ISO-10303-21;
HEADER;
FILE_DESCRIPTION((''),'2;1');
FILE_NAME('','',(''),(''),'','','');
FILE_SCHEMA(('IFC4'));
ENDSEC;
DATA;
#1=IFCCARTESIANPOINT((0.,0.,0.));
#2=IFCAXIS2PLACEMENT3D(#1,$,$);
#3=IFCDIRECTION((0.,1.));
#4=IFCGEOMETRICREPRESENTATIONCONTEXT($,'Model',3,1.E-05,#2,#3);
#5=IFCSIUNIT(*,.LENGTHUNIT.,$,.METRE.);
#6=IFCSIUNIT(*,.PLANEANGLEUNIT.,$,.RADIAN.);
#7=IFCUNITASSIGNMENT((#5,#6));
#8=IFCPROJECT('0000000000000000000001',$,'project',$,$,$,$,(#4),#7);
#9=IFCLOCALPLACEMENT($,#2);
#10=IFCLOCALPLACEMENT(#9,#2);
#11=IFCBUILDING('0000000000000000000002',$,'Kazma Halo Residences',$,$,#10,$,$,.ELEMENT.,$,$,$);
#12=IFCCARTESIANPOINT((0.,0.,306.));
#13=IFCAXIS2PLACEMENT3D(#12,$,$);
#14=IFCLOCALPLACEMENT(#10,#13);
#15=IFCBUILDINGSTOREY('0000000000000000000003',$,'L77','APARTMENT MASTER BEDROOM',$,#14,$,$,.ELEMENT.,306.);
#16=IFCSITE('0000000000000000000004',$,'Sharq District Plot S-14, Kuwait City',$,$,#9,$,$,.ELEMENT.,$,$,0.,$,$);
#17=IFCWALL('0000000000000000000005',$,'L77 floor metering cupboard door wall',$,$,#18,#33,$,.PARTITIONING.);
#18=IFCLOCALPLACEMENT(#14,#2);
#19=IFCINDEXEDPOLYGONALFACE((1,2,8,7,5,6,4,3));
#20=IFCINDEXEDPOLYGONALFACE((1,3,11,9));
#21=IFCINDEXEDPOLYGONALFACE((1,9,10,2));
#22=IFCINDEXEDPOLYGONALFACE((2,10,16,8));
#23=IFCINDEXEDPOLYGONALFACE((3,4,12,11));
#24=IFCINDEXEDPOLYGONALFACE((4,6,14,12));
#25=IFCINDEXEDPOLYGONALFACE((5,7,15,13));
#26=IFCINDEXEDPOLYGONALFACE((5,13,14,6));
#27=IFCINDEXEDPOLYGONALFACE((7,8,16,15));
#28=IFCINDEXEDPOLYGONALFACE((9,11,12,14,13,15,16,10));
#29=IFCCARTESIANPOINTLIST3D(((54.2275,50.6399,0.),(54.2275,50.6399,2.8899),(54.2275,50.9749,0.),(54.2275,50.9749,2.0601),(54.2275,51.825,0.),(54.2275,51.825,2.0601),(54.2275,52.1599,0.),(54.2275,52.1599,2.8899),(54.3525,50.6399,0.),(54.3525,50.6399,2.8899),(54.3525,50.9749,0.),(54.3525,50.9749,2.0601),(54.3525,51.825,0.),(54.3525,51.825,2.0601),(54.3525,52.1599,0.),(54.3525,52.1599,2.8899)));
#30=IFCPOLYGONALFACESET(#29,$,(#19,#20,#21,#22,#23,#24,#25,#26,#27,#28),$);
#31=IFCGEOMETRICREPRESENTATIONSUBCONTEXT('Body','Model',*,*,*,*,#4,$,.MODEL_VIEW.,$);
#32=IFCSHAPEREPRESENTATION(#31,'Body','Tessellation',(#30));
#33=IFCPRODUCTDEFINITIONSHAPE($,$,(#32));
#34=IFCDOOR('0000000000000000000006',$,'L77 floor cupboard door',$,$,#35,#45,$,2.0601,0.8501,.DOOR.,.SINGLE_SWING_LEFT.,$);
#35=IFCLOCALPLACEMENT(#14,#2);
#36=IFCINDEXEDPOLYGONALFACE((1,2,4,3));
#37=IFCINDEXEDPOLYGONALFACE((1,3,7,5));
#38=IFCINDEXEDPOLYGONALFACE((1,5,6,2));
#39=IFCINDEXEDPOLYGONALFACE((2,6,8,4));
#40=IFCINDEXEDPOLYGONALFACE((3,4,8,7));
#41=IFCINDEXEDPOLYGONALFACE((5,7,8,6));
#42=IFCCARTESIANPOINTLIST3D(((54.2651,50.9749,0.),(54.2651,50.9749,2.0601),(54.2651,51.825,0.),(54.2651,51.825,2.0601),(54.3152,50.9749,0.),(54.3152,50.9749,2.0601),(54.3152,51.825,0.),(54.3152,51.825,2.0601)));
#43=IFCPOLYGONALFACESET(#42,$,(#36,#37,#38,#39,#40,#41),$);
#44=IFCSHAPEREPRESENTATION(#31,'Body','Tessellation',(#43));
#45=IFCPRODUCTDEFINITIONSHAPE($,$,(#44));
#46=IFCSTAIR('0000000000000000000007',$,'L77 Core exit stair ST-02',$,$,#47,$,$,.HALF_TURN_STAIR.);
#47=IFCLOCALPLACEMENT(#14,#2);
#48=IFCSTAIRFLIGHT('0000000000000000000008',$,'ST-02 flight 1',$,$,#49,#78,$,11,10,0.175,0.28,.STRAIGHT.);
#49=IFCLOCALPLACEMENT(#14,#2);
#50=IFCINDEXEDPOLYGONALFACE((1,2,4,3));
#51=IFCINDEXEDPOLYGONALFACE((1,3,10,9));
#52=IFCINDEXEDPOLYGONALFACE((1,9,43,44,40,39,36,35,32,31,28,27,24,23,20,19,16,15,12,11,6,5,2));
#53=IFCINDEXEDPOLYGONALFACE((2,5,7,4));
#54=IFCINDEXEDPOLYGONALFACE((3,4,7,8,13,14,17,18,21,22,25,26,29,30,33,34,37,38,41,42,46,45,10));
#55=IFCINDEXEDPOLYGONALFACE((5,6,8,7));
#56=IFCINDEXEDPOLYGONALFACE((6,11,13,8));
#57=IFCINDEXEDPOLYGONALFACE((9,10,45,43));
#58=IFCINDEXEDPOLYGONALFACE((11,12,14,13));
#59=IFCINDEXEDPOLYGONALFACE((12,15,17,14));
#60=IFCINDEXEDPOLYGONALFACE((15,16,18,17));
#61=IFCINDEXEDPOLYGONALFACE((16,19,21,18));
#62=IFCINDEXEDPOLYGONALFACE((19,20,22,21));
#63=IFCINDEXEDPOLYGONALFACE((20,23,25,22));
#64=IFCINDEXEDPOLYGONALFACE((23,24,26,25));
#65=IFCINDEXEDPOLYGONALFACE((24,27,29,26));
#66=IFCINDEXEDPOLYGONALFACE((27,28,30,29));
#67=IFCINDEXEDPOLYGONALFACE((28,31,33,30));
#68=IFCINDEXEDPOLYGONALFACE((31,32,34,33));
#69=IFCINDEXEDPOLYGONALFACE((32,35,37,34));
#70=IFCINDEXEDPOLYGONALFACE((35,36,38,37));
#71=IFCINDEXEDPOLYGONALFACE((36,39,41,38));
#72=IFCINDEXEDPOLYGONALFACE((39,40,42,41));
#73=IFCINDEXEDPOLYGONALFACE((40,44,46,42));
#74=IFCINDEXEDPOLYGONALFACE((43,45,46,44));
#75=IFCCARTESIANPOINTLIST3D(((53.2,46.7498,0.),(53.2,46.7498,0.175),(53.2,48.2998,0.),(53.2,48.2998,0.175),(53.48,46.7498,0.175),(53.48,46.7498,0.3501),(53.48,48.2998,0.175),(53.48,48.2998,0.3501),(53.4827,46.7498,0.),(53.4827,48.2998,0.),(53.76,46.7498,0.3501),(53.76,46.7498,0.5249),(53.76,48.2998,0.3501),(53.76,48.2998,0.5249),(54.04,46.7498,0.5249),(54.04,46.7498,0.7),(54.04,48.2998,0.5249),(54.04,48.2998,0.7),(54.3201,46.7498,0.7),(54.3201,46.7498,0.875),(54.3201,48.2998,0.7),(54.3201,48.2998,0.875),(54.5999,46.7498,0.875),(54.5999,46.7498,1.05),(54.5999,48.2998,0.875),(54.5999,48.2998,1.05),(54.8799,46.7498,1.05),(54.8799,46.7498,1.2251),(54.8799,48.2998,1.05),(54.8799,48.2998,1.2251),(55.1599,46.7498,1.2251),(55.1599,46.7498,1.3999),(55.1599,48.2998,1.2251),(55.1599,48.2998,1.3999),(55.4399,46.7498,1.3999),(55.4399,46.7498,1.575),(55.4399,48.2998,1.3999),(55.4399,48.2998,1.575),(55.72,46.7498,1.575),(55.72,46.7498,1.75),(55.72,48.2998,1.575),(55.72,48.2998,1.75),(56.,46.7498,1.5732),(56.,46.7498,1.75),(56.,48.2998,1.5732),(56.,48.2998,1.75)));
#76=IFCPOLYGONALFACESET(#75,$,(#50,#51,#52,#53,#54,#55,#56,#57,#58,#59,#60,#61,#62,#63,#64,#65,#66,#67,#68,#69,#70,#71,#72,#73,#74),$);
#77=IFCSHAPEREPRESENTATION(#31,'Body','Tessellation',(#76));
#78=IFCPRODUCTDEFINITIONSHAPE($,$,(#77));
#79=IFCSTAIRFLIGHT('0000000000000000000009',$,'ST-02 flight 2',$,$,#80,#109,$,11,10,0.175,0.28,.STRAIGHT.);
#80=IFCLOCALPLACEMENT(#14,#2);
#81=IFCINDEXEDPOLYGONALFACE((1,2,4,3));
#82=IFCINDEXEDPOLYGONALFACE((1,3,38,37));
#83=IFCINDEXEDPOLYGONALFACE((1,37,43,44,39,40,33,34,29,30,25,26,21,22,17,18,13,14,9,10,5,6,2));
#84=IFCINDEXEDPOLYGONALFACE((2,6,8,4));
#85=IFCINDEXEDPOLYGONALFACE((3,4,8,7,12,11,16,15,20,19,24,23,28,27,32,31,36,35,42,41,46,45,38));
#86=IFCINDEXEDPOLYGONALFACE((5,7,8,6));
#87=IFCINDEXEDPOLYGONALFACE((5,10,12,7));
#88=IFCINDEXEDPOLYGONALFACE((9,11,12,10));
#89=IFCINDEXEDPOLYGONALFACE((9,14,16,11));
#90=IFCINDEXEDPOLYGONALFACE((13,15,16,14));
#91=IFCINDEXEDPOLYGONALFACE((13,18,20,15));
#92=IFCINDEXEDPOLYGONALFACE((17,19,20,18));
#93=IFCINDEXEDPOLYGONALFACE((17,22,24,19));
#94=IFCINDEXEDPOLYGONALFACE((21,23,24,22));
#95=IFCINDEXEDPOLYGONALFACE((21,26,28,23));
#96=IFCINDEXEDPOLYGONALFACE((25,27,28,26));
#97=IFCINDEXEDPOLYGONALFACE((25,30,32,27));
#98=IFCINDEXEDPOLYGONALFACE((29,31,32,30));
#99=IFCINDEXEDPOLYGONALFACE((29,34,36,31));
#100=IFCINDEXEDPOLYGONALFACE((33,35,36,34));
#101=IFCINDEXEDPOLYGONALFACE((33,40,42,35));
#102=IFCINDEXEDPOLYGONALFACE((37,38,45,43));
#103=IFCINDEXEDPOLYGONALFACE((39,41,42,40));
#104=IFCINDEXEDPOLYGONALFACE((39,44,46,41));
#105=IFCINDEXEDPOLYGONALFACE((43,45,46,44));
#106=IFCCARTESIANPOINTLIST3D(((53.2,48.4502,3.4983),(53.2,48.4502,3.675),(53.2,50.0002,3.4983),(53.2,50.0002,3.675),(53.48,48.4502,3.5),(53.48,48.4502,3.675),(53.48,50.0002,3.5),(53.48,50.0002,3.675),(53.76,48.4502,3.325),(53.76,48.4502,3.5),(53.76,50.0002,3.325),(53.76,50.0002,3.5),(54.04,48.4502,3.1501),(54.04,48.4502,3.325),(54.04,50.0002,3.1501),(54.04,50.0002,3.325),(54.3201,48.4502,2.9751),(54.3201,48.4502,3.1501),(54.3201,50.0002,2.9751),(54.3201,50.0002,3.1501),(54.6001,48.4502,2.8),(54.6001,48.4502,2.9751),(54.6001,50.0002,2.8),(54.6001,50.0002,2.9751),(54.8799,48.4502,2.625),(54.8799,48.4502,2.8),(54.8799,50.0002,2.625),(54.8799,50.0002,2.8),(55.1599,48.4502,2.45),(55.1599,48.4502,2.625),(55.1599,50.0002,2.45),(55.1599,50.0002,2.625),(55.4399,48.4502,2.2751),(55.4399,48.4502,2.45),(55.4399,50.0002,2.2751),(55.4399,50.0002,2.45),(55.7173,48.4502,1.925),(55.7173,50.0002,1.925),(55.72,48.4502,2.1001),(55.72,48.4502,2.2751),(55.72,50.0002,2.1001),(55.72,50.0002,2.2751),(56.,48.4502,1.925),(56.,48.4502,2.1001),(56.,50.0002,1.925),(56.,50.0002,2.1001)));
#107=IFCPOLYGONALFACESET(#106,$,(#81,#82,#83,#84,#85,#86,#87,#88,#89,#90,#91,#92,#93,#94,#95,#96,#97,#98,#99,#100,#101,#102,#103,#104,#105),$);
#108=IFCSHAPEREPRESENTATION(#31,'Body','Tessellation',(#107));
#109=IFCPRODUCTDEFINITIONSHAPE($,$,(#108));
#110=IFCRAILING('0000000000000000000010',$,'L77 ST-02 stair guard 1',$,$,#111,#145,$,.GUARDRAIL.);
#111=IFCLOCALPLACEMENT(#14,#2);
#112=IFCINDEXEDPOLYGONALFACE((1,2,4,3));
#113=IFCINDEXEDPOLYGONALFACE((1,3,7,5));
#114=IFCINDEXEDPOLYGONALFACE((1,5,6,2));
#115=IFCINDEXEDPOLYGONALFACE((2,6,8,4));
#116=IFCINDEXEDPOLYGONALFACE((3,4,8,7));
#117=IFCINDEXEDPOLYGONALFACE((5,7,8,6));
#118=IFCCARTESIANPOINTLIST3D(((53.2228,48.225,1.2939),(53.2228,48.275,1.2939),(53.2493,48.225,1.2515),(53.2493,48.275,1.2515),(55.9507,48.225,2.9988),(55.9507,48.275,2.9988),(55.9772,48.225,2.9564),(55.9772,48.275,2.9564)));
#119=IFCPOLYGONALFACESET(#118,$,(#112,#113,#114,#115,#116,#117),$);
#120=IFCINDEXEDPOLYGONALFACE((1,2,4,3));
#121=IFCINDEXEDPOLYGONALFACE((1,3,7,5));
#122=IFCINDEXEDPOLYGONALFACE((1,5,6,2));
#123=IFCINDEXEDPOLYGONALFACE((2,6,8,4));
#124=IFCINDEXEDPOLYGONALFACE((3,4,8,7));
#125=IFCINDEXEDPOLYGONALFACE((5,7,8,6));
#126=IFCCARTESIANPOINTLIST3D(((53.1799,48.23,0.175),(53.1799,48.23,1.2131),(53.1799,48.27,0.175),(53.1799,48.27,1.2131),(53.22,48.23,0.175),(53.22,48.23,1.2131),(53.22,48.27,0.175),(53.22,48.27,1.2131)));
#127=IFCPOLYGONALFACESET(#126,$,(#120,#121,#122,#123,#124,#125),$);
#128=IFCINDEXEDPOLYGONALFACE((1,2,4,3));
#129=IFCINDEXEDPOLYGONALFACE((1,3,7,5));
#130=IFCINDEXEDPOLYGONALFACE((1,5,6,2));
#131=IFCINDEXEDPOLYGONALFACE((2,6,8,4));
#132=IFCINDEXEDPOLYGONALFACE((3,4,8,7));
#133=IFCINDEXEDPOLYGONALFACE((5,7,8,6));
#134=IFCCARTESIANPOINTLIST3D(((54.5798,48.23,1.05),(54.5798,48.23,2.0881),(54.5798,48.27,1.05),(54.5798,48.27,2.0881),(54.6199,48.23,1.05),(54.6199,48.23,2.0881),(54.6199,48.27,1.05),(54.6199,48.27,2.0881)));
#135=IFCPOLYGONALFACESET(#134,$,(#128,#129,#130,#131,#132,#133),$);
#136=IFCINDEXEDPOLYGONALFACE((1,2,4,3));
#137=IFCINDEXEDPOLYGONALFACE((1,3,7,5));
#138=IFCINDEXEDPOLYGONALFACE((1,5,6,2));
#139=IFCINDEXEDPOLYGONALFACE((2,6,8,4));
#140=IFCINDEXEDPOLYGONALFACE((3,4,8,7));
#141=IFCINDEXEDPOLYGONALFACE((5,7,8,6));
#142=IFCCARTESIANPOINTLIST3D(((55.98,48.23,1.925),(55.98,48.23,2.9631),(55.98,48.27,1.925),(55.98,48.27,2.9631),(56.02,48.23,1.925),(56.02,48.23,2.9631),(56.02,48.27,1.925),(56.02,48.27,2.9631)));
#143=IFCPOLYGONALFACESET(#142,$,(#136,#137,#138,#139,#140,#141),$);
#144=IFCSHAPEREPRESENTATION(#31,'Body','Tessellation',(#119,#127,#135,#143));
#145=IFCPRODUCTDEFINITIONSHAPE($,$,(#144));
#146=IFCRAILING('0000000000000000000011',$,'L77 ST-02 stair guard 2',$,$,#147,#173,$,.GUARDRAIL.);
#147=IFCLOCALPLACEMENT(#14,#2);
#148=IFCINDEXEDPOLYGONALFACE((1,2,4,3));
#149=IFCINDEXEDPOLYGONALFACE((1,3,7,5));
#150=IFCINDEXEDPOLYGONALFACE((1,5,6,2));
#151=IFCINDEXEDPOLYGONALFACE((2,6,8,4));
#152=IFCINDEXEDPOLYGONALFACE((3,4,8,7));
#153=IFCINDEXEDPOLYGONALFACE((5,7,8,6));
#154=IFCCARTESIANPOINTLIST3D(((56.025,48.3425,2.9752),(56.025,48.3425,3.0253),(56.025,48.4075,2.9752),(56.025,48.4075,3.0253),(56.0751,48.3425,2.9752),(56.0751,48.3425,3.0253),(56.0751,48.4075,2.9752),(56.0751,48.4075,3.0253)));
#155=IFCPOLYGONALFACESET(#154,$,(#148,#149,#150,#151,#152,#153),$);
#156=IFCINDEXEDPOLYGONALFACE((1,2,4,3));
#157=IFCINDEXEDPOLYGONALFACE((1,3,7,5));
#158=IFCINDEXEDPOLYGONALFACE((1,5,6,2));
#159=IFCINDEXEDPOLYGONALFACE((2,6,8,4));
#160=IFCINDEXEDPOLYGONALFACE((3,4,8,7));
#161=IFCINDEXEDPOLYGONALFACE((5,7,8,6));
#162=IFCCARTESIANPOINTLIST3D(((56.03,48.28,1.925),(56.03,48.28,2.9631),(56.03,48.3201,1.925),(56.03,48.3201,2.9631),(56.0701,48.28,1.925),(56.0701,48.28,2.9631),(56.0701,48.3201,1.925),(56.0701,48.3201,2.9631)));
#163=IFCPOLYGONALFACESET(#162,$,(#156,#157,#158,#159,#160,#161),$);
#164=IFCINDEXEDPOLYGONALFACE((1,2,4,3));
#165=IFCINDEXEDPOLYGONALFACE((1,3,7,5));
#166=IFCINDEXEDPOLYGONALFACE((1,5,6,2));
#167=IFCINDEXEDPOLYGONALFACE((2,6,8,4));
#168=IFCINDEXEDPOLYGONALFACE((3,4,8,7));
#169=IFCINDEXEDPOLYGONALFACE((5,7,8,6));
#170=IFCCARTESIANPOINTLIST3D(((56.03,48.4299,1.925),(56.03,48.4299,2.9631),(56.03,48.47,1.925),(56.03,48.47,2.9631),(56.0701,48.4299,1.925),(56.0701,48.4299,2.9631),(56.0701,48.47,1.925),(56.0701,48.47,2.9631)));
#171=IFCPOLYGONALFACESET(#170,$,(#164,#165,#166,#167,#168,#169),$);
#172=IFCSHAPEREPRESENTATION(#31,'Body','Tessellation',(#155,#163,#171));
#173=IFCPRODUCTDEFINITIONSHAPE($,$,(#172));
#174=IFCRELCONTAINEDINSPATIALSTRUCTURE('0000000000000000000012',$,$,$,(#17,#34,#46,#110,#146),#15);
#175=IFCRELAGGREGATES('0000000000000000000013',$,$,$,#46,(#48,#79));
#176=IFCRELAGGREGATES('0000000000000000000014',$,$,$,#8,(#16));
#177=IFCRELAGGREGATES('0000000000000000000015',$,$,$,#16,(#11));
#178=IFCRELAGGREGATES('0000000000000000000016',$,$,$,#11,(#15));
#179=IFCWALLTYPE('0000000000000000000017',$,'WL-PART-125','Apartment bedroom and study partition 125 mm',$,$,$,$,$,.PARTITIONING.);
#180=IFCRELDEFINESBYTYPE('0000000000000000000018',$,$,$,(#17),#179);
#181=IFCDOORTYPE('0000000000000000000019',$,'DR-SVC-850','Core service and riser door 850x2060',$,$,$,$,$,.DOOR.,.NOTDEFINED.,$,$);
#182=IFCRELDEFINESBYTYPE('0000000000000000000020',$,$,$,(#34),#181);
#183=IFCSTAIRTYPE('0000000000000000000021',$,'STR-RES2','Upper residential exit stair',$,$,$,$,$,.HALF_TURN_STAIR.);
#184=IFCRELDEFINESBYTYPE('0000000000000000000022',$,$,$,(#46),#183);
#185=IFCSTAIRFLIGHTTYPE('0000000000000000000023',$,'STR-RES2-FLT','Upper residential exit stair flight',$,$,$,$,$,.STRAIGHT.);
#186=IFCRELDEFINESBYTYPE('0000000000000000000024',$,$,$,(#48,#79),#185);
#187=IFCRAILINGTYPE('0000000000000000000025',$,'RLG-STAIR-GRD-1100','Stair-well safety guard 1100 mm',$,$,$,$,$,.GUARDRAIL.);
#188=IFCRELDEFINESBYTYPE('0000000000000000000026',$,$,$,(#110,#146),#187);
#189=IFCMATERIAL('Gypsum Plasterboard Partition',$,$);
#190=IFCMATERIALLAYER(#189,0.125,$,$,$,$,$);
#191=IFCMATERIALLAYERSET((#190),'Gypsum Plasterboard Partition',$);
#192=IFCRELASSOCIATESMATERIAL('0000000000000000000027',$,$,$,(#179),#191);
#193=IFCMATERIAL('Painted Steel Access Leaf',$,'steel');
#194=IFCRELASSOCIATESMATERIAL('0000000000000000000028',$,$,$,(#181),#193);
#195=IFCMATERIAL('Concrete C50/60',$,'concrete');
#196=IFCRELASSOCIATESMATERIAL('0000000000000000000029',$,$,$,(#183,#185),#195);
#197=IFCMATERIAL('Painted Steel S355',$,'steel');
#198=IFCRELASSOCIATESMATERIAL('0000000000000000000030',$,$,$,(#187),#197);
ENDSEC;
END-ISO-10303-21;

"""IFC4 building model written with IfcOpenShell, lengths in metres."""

from ifc_helpers import new_model, si_unit, direction, frame, frame_2d, origin, origin_2d, place, context, subcontext, project, spatial, polyline, rectangle, outline, extrude, material, layer, layer_set, type_object, element, fill, aggregate, save


model = new_model("IFC4")

# Units and contexts
model_context = context("Model", 3, precision=1e-05, world=origin(), true_north=direction((0.0, 1.0)))
body_context = subcontext(model_context, "Body", "Model", "MODEL_VIEW")
ifc_project = project(units=[si_unit("LENGTHUNIT", "METRE"), si_unit("PLANEANGLEUNIT", "RADIAN")], contexts=[model_context])

# Site, building, storey
site_placement = place(None, origin())
site = spatial("IfcSite", under=ifc_project, at=site_placement, Name="Sharq District Plot S-14, Kuwait City", CompositionType="ELEMENT", RefElevation=0.0)
building_placement = place(site_placement, origin())
building = spatial("IfcBuilding", under=site, at=building_placement, Name="Kazma Halo Residences", CompositionType="ELEMENT")
storey_placement = place(building_placement, frame((0.0, 0.0, 306.0)))
storey = spatial("IfcBuildingStorey", under=building, at=storey_placement, Name="L77", Description="APARTMENT MASTER BEDROOM", CompositionType="ELEMENT", Elevation=306.0)

# Wall, opening, door
ifc_material_1 = material(Name="Gypsum Plasterboard Partition")
ifc_layer_1 = layer(ifc_material_1, 0.125)
ifc_layer_set_1 = layer_set([ifc_layer_1], Name="Gypsum Plasterboard Partition")
wall_type_1 = type_object("IfcWallType", Name="WL-PART-125", Description="Apartment bedroom and study partition 125 mm", PredefinedType="PARTITIONING", material=ifc_layer_set_1)
wall_1_placement = place(storey_placement, frame((54.29, 50.6399, 0.0), z_axis=(0.0, 0.0, 1.0), x_axis=(0.0, 1.0, 0.0)))
wall_1 = element("IfcWall", 1, at=wall_1_placement, inside=storey, type_object=wall_type_1, Name="L77 floor metering cupboard door wall", PredefinedType="PARTITIONING", context=body_context, shape_type="SweptSolid", body=[
    extrude(rectangle(XDim=1.52, YDim=0.125, at=frame_2d((0.76, 0.0))), origin(), (0.0, 0.0, 1.0), 2.8899),
])
opening_1_placement = place(wall_1_placement, frame((0.335, 0.0, 0.0)))
opening_1 = element("IfcOpeningElement", 2, at=opening_1_placement, cuts=wall_1, PredefinedType="OPENING", context=body_context, shape_type="SweptSolid", body=[
    extrude(rectangle(XDim=0.8501, YDim=2.0601, at=frame_2d((0.425, 1.03))), frame((0.0, 0.0725, 0.0), z_axis=(0.0, -1.0, 0.0), x_axis=(1.0, 0.0, 0.0)), (0.0, 0.0, 1.0), 0.145),
])
ifc_material_2 = material(Name="Painted Steel Access Leaf", Category="steel")
door_type_1 = type_object("IfcDoorType", Name="DR-SVC-850", Description="Core service and riser door 850x2060", OperationType="NOTDEFINED", PredefinedType="DOOR", material=ifc_material_2)
door_1_placement = place(opening_1_placement, origin())
door_1 = element("IfcDoor", 3, at=door_1_placement, inside=storey, type_object=door_type_1, Name="L77 floor cupboard door", OperationType="SINGLE_SWING_LEFT", OverallHeight=2.0601, OverallWidth=0.8501, PredefinedType="DOOR", context=body_context, shape_type="SweptSolid", body=[
    extrude(rectangle(XDim=0.8501, YDim=2.0601, at=frame_2d((0.425, 1.03))), frame((0.0, 0.0249, 0.0), z_axis=(0.0, -1.0, 0.0), x_axis=(1.0, 0.0, 0.0)), (0.0, 0.0, 1.0), 0.05),
])
fill(opening_1, door_1)
ifc_material_3 = material(Name="Concrete C50/60", Category="concrete")

# Stair, stair flights
stair_type = type_object("IfcStairType", Name="STR-RES2", Description="Upper residential exit stair", PredefinedType="HALF_TURN_STAIR", material=ifc_material_3)
stair_placement = place(storey_placement, origin())
stair = element("IfcStair", 4, at=stair_placement, inside=storey, type_object=stair_type, Name="L77 Core exit stair ST-02", PredefinedType="HALF_TURN_STAIR")
stair_flight_type = type_object("IfcStairFlightType", Name="STR-RES2-FLT", Description="Upper residential exit stair flight", PredefinedType="STRAIGHT", material=ifc_material_3)
stair_flight_1_placement = place(storey_placement, frame((53.2, 47.5249, 0.0), z_axis=(0.0, 0.0, 1.0), x_axis=(1.0, 0.0, 0.0)))
stair_flight_1 = element("IfcStairFlight", 5, at=stair_flight_1_placement, type_object=stair_flight_type, Name="ST-02 flight 1", NumberOfRisers=11, NumberOfTreads=10, PredefinedType="STRAIGHT", RiserHeight=0.175, TreadLength=0.28, context=body_context, shape_type="SweptSolid", body=[
    extrude(outline(polyline([(0.0, 0.0), (0.0, 0.175), (0.28, 0.175), (0.28, 0.3501), (0.5601, 0.3501), (0.5601, 0.5249), (0.8401, 0.5249), (0.8401, 0.7), (1.1201, 0.7), (1.1201, 0.875), (1.3999, 0.875), (1.3999, 1.05), (1.6799, 1.05), (1.6799, 1.2251), (1.96, 1.2251), (1.96, 1.3999), (2.24, 1.3999), (2.24, 1.575), (2.52, 1.575), (2.52, 1.75), (2.8, 1.75), (2.8, 1.925), (2.8, 1.5732), (0.2827, 0.0), (0.0, 0.0)])), frame((0.0, 0.7749, 0.0), z_axis=(0.0, -1.0, 0.0), x_axis=(1.0, 0.0, 0.0)), (0.0, 0.0, 1.0), 1.55),
])
stair_flight_2_placement = place(storey_placement, frame((56.0, 49.2251, 1.925), z_axis=(0.0, 0.0, 1.0), x_axis=(-1.0, 0.0, 0.0)))
stair_flight_2 = element("IfcStairFlight", 6, at=stair_flight_2_placement, type_object=stair_flight_type, Name="ST-02 flight 2", NumberOfRisers=11, NumberOfTreads=10, PredefinedType="STRAIGHT", RiserHeight=0.175, TreadLength=0.28, context=body_context, shape_type="SweptSolid", body=[
    extrude(outline(polyline([(0.0, 0.0), (0.0, 0.175), (0.28, 0.175), (0.28, 0.3501), (0.5601, 0.3501), (0.5601, 0.5249), (0.8401, 0.5249), (0.8401, 0.7), (1.1201, 0.7), (1.1201, 0.875), (1.3999, 0.875), (1.3999, 1.05), (1.6799, 1.05), (1.6799, 1.2251), (1.96, 1.2251), (1.96, 1.3999), (2.24, 1.3999), (2.24, 1.575), (2.52, 1.575), (2.52, 1.75), (2.8, 1.75), (2.8, 1.925), (2.8, 1.5732), (0.2827, 0.0), (0.0, 0.0)])), frame((0.0, 0.7749, 0.0), z_axis=(0.0, -1.0, 0.0), x_axis=(1.0, 0.0, 0.0)), (0.0, 0.0, 1.0), 1.55),
])
aggregate(stair, [stair_flight_1, stair_flight_2])

# Railings
ifc_material_4 = material(Name="Painted Steel S355", Category="steel")
railing_type_1 = type_object("IfcRailingType", Name="RLG-STAIR-GRD-1100", Description="Stair-well safety guard 1100 mm", PredefinedType="GUARDRAIL", material=ifc_material_4)
railing_1_placement = place(storey_placement, frame((53.2, 48.25, 0.175)))
element("IfcRailing", 7, at=railing_1_placement, inside=storey, type_object=railing_type_1, Name="L77 ST-02 stair guard 1", PredefinedType="GUARDRAIL", context=body_context, shape_type="SweptSolid", body=[
    extrude(rectangle(XDim=0.05, YDim=0.05, at=origin_2d()), frame((0.0361, 0.0, 1.0977), z_axis=(0.848002, 0.0, 0.529992), x_axis=(0.0, 1.0, 0.0)), (0.0, 0.0, 1.0), 3.2168),
    extrude(rectangle(XDim=0.04, YDim=0.04, at=origin_2d()), origin(), (0.0, 0.0, 1.0), 1.0381),
    extrude(rectangle(XDim=0.04, YDim=0.04, at=origin_2d()), frame((1.3999, 0.0, 0.875)), (0.0, 0.0, 1.0), 1.0381),
    extrude(rectangle(XDim=0.04, YDim=0.04, at=origin_2d()), frame((2.8, 0.0, 1.75)), (0.0, 0.0, 1.0), 1.0381),
])
railing_2_placement = place(storey_placement, frame((56.05, 48.3, 1.925)))
element("IfcRailing", 8, at=railing_2_placement, inside=storey, type_object=railing_type_1, Name="L77 ST-02 stair guard 2", PredefinedType="GUARDRAIL", context=body_context, shape_type="SweptSolid", body=[
    extrude(rectangle(XDim=0.05, YDim=0.05, at=origin_2d()), frame((0.0, 0.0425, 1.0752), z_axis=(0.0, 1.0, 0.0), x_axis=(-1.0, 0.0, 0.0)), (0.0, 0.0, 1.0), 0.0649),
    extrude(rectangle(XDim=0.04, YDim=0.04, at=origin_2d()), origin(), (0.0, 0.0, 1.0), 1.0381),
    extrude(rectangle(XDim=0.04, YDim=0.04, at=origin_2d()), frame((0.0, 0.1499, 0.0)), (0.0, 0.0, 1.0), 1.0381),
])

save(model, "model.ifc")
